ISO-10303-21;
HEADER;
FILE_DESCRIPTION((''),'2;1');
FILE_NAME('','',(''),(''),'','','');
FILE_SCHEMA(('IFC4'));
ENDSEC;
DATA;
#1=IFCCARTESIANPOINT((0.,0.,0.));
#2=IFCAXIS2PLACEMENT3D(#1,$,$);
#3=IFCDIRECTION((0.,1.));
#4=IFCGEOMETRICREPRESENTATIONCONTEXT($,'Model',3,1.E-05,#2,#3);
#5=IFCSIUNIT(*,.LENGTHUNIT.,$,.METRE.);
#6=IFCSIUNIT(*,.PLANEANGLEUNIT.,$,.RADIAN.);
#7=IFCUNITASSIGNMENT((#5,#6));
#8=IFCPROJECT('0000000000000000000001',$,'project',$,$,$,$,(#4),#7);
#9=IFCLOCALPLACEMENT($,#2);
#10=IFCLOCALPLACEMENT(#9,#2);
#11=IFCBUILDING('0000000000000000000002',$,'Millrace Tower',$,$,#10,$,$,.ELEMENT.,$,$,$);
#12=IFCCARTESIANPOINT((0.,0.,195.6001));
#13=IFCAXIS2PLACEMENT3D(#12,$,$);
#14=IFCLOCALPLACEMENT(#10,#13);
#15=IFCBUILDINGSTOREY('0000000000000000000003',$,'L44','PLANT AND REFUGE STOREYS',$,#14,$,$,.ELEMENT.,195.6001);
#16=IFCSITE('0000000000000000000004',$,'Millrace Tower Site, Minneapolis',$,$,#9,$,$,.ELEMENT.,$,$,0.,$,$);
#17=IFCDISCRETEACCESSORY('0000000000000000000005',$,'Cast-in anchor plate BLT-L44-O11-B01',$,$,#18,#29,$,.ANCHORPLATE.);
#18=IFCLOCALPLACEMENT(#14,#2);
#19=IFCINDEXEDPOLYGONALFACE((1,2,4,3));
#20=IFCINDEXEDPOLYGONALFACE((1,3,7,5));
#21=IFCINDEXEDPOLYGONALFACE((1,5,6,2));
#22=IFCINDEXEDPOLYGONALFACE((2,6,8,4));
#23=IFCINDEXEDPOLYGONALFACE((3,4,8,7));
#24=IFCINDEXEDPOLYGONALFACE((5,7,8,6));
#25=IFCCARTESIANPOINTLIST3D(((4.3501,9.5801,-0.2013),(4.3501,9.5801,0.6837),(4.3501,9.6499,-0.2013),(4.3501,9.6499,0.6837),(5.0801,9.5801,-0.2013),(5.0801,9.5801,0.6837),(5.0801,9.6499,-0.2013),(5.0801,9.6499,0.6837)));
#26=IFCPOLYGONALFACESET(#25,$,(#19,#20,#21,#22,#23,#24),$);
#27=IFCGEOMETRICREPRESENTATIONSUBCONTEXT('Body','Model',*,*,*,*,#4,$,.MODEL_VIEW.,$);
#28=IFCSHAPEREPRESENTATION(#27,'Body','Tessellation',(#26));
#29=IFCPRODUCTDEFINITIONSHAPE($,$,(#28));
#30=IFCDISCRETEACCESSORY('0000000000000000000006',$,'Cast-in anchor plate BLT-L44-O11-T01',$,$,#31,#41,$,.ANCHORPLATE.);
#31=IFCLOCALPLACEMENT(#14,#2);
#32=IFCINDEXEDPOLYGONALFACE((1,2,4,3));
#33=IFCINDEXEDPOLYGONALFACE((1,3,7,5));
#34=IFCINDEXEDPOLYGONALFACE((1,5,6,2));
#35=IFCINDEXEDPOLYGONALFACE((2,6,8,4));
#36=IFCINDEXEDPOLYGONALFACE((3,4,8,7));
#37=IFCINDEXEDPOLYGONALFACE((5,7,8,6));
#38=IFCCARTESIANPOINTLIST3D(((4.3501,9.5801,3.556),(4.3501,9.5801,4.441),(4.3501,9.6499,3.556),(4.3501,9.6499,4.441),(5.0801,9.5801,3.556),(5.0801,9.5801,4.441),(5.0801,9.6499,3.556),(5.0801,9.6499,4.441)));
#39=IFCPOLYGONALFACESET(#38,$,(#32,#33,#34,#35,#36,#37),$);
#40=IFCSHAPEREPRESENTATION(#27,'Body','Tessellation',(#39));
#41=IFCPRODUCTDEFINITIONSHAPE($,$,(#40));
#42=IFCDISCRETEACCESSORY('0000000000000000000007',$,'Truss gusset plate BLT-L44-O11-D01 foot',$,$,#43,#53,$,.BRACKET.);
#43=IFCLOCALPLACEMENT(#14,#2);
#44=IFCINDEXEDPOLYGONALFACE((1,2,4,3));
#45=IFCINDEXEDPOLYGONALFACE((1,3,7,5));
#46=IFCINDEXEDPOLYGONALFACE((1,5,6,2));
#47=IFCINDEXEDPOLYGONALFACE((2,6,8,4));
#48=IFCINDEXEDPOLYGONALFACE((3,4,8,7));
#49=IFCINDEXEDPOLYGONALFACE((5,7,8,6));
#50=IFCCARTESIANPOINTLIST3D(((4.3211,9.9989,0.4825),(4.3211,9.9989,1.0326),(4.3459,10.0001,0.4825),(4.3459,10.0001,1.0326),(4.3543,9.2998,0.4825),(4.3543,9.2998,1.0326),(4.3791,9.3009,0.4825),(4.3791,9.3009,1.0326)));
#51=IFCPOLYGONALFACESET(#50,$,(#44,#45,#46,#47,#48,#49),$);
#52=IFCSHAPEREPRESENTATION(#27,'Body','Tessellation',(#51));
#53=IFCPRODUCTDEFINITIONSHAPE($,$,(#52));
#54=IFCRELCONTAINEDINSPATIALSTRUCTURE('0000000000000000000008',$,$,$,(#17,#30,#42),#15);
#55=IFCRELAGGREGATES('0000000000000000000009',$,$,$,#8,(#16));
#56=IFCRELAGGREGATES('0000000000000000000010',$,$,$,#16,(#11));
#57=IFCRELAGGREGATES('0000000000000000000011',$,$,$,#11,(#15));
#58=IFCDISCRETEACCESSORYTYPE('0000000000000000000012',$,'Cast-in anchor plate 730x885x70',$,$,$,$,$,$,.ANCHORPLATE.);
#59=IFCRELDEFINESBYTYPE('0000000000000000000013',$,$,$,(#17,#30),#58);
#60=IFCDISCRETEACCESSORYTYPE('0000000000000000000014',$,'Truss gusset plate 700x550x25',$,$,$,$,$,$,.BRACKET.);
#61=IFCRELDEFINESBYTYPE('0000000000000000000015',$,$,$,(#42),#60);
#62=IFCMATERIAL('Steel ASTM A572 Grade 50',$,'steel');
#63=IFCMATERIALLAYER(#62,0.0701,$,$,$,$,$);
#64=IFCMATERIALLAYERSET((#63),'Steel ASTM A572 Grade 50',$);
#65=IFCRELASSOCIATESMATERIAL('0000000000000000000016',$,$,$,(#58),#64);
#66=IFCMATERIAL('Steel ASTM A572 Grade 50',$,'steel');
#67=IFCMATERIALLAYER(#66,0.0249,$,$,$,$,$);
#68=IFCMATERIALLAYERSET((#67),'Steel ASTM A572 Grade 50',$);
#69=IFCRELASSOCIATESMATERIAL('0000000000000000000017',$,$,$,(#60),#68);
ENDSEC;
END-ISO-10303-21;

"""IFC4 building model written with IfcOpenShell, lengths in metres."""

from ifc_helpers import new_model, si_unit, direction, frame, origin, origin_2d, place, context, subcontext, project, spatial, rectangle, extrude, material, layer, layer_set, type_object, element, save


model = new_model("IFC4")

# Units and contexts
model_context = context("Model", 3, precision=1e-05, world=origin(), true_north=direction((0.0, 1.0)))
body_context = subcontext(model_context, "Body", "Model", "MODEL_VIEW")
ifc_project = project(units=[si_unit("LENGTHUNIT", "METRE"), si_unit("PLANEANGLEUNIT", "RADIAN")], contexts=[model_context])

# Site, building, storey
site_placement = place(None, origin())
site = spatial("IfcSite", under=ifc_project, at=site_placement, Name="Millrace Tower Site, Minneapolis", CompositionType="ELEMENT", RefElevation=0.0)
building_placement = place(site_placement, origin())
building = spatial("IfcBuilding", under=site, at=building_placement, Name="Millrace Tower", CompositionType="ELEMENT")
storey_placement = place(building_placement, frame((0.0, 0.0, 195.6001)))
storey = spatial("IfcBuildingStorey", under=building, at=storey_placement, Name="L44", Description="PLANT AND REFUGE STOREYS", CompositionType="ELEMENT", Elevation=195.6001)

# Discrete accessories
ifc_material_1 = material(Name="Steel ASTM A572 Grade 50", Category="steel")
ifc_layer_1 = layer(ifc_material_1, 0.0701)
ifc_layer_set_1 = layer_set([ifc_layer_1], Name="Steel ASTM A572 Grade 50")
discrete_accessory_type_1 = type_object("IfcDiscreteAccessoryType", Name="Cast-in anchor plate 730x885x70", PredefinedType="ANCHORPLATE", material=ifc_layer_set_1)
for number, where, z_axis, x_axis, name in (
    (1, (4.7151, 9.5801, 0.2412), (0.0, 1.0, 0.0), (-1.0, 0.0, 0.0), "Cast-in anchor plate BLT-L44-O11-B01"),
    (2, (4.7151, 9.5801, 3.9985), (0.0, 1.0, 0.0), (-1.0, 0.0, 0.0), "Cast-in anchor plate BLT-L44-O11-T01"),
):
    element("IfcDiscreteAccessory", number, at=place(storey_placement, frame(where, z_axis=z_axis, x_axis=x_axis)), inside=storey, type_object=discrete_accessory_type_1, Name=name, PredefinedType="ANCHORPLATE", context=body_context, shape_type="SweptSolid", body=[
        extrude(rectangle(XDim=0.73, YDim=0.885, at=origin_2d()), origin(), (0.0, 0.0, 1.0), 0.0698),
    ])
ifc_material_2 = material(Name="Steel ASTM A572 Grade 50", Category="steel")
ifc_layer_2 = layer(ifc_material_2, 0.0249)
ifc_layer_set_2 = layer_set([ifc_layer_2], Name="Steel ASTM A572 Grade 50")
discrete_accessory_type_2 = type_object("IfcDiscreteAccessoryType", Name="Truss gusset plate 700x550x25", PredefinedType="BRACKET", material=ifc_layer_set_2)
discrete_accessory_placement = place(storey_placement, frame((4.3335, 9.9995, 0.7576), z_axis=(0.047433, -0.998874, 0.0), x_axis=(0.998874, 0.047433, 0.0)))
element("IfcDiscreteAccessory", 3, at=discrete_accessory_placement, inside=storey, type_object=discrete_accessory_type_2, Name="Truss gusset plate BLT-L44-O11-D01 foot", PredefinedType="BRACKET", context=body_context, shape_type="SweptSolid", body=[
    extrude(rectangle(XDim=0.0249, YDim=0.55, at=origin_2d()), origin(), (0.0, 0.0, 1.0), 0.7),
])

save(model, "model.ifc")
